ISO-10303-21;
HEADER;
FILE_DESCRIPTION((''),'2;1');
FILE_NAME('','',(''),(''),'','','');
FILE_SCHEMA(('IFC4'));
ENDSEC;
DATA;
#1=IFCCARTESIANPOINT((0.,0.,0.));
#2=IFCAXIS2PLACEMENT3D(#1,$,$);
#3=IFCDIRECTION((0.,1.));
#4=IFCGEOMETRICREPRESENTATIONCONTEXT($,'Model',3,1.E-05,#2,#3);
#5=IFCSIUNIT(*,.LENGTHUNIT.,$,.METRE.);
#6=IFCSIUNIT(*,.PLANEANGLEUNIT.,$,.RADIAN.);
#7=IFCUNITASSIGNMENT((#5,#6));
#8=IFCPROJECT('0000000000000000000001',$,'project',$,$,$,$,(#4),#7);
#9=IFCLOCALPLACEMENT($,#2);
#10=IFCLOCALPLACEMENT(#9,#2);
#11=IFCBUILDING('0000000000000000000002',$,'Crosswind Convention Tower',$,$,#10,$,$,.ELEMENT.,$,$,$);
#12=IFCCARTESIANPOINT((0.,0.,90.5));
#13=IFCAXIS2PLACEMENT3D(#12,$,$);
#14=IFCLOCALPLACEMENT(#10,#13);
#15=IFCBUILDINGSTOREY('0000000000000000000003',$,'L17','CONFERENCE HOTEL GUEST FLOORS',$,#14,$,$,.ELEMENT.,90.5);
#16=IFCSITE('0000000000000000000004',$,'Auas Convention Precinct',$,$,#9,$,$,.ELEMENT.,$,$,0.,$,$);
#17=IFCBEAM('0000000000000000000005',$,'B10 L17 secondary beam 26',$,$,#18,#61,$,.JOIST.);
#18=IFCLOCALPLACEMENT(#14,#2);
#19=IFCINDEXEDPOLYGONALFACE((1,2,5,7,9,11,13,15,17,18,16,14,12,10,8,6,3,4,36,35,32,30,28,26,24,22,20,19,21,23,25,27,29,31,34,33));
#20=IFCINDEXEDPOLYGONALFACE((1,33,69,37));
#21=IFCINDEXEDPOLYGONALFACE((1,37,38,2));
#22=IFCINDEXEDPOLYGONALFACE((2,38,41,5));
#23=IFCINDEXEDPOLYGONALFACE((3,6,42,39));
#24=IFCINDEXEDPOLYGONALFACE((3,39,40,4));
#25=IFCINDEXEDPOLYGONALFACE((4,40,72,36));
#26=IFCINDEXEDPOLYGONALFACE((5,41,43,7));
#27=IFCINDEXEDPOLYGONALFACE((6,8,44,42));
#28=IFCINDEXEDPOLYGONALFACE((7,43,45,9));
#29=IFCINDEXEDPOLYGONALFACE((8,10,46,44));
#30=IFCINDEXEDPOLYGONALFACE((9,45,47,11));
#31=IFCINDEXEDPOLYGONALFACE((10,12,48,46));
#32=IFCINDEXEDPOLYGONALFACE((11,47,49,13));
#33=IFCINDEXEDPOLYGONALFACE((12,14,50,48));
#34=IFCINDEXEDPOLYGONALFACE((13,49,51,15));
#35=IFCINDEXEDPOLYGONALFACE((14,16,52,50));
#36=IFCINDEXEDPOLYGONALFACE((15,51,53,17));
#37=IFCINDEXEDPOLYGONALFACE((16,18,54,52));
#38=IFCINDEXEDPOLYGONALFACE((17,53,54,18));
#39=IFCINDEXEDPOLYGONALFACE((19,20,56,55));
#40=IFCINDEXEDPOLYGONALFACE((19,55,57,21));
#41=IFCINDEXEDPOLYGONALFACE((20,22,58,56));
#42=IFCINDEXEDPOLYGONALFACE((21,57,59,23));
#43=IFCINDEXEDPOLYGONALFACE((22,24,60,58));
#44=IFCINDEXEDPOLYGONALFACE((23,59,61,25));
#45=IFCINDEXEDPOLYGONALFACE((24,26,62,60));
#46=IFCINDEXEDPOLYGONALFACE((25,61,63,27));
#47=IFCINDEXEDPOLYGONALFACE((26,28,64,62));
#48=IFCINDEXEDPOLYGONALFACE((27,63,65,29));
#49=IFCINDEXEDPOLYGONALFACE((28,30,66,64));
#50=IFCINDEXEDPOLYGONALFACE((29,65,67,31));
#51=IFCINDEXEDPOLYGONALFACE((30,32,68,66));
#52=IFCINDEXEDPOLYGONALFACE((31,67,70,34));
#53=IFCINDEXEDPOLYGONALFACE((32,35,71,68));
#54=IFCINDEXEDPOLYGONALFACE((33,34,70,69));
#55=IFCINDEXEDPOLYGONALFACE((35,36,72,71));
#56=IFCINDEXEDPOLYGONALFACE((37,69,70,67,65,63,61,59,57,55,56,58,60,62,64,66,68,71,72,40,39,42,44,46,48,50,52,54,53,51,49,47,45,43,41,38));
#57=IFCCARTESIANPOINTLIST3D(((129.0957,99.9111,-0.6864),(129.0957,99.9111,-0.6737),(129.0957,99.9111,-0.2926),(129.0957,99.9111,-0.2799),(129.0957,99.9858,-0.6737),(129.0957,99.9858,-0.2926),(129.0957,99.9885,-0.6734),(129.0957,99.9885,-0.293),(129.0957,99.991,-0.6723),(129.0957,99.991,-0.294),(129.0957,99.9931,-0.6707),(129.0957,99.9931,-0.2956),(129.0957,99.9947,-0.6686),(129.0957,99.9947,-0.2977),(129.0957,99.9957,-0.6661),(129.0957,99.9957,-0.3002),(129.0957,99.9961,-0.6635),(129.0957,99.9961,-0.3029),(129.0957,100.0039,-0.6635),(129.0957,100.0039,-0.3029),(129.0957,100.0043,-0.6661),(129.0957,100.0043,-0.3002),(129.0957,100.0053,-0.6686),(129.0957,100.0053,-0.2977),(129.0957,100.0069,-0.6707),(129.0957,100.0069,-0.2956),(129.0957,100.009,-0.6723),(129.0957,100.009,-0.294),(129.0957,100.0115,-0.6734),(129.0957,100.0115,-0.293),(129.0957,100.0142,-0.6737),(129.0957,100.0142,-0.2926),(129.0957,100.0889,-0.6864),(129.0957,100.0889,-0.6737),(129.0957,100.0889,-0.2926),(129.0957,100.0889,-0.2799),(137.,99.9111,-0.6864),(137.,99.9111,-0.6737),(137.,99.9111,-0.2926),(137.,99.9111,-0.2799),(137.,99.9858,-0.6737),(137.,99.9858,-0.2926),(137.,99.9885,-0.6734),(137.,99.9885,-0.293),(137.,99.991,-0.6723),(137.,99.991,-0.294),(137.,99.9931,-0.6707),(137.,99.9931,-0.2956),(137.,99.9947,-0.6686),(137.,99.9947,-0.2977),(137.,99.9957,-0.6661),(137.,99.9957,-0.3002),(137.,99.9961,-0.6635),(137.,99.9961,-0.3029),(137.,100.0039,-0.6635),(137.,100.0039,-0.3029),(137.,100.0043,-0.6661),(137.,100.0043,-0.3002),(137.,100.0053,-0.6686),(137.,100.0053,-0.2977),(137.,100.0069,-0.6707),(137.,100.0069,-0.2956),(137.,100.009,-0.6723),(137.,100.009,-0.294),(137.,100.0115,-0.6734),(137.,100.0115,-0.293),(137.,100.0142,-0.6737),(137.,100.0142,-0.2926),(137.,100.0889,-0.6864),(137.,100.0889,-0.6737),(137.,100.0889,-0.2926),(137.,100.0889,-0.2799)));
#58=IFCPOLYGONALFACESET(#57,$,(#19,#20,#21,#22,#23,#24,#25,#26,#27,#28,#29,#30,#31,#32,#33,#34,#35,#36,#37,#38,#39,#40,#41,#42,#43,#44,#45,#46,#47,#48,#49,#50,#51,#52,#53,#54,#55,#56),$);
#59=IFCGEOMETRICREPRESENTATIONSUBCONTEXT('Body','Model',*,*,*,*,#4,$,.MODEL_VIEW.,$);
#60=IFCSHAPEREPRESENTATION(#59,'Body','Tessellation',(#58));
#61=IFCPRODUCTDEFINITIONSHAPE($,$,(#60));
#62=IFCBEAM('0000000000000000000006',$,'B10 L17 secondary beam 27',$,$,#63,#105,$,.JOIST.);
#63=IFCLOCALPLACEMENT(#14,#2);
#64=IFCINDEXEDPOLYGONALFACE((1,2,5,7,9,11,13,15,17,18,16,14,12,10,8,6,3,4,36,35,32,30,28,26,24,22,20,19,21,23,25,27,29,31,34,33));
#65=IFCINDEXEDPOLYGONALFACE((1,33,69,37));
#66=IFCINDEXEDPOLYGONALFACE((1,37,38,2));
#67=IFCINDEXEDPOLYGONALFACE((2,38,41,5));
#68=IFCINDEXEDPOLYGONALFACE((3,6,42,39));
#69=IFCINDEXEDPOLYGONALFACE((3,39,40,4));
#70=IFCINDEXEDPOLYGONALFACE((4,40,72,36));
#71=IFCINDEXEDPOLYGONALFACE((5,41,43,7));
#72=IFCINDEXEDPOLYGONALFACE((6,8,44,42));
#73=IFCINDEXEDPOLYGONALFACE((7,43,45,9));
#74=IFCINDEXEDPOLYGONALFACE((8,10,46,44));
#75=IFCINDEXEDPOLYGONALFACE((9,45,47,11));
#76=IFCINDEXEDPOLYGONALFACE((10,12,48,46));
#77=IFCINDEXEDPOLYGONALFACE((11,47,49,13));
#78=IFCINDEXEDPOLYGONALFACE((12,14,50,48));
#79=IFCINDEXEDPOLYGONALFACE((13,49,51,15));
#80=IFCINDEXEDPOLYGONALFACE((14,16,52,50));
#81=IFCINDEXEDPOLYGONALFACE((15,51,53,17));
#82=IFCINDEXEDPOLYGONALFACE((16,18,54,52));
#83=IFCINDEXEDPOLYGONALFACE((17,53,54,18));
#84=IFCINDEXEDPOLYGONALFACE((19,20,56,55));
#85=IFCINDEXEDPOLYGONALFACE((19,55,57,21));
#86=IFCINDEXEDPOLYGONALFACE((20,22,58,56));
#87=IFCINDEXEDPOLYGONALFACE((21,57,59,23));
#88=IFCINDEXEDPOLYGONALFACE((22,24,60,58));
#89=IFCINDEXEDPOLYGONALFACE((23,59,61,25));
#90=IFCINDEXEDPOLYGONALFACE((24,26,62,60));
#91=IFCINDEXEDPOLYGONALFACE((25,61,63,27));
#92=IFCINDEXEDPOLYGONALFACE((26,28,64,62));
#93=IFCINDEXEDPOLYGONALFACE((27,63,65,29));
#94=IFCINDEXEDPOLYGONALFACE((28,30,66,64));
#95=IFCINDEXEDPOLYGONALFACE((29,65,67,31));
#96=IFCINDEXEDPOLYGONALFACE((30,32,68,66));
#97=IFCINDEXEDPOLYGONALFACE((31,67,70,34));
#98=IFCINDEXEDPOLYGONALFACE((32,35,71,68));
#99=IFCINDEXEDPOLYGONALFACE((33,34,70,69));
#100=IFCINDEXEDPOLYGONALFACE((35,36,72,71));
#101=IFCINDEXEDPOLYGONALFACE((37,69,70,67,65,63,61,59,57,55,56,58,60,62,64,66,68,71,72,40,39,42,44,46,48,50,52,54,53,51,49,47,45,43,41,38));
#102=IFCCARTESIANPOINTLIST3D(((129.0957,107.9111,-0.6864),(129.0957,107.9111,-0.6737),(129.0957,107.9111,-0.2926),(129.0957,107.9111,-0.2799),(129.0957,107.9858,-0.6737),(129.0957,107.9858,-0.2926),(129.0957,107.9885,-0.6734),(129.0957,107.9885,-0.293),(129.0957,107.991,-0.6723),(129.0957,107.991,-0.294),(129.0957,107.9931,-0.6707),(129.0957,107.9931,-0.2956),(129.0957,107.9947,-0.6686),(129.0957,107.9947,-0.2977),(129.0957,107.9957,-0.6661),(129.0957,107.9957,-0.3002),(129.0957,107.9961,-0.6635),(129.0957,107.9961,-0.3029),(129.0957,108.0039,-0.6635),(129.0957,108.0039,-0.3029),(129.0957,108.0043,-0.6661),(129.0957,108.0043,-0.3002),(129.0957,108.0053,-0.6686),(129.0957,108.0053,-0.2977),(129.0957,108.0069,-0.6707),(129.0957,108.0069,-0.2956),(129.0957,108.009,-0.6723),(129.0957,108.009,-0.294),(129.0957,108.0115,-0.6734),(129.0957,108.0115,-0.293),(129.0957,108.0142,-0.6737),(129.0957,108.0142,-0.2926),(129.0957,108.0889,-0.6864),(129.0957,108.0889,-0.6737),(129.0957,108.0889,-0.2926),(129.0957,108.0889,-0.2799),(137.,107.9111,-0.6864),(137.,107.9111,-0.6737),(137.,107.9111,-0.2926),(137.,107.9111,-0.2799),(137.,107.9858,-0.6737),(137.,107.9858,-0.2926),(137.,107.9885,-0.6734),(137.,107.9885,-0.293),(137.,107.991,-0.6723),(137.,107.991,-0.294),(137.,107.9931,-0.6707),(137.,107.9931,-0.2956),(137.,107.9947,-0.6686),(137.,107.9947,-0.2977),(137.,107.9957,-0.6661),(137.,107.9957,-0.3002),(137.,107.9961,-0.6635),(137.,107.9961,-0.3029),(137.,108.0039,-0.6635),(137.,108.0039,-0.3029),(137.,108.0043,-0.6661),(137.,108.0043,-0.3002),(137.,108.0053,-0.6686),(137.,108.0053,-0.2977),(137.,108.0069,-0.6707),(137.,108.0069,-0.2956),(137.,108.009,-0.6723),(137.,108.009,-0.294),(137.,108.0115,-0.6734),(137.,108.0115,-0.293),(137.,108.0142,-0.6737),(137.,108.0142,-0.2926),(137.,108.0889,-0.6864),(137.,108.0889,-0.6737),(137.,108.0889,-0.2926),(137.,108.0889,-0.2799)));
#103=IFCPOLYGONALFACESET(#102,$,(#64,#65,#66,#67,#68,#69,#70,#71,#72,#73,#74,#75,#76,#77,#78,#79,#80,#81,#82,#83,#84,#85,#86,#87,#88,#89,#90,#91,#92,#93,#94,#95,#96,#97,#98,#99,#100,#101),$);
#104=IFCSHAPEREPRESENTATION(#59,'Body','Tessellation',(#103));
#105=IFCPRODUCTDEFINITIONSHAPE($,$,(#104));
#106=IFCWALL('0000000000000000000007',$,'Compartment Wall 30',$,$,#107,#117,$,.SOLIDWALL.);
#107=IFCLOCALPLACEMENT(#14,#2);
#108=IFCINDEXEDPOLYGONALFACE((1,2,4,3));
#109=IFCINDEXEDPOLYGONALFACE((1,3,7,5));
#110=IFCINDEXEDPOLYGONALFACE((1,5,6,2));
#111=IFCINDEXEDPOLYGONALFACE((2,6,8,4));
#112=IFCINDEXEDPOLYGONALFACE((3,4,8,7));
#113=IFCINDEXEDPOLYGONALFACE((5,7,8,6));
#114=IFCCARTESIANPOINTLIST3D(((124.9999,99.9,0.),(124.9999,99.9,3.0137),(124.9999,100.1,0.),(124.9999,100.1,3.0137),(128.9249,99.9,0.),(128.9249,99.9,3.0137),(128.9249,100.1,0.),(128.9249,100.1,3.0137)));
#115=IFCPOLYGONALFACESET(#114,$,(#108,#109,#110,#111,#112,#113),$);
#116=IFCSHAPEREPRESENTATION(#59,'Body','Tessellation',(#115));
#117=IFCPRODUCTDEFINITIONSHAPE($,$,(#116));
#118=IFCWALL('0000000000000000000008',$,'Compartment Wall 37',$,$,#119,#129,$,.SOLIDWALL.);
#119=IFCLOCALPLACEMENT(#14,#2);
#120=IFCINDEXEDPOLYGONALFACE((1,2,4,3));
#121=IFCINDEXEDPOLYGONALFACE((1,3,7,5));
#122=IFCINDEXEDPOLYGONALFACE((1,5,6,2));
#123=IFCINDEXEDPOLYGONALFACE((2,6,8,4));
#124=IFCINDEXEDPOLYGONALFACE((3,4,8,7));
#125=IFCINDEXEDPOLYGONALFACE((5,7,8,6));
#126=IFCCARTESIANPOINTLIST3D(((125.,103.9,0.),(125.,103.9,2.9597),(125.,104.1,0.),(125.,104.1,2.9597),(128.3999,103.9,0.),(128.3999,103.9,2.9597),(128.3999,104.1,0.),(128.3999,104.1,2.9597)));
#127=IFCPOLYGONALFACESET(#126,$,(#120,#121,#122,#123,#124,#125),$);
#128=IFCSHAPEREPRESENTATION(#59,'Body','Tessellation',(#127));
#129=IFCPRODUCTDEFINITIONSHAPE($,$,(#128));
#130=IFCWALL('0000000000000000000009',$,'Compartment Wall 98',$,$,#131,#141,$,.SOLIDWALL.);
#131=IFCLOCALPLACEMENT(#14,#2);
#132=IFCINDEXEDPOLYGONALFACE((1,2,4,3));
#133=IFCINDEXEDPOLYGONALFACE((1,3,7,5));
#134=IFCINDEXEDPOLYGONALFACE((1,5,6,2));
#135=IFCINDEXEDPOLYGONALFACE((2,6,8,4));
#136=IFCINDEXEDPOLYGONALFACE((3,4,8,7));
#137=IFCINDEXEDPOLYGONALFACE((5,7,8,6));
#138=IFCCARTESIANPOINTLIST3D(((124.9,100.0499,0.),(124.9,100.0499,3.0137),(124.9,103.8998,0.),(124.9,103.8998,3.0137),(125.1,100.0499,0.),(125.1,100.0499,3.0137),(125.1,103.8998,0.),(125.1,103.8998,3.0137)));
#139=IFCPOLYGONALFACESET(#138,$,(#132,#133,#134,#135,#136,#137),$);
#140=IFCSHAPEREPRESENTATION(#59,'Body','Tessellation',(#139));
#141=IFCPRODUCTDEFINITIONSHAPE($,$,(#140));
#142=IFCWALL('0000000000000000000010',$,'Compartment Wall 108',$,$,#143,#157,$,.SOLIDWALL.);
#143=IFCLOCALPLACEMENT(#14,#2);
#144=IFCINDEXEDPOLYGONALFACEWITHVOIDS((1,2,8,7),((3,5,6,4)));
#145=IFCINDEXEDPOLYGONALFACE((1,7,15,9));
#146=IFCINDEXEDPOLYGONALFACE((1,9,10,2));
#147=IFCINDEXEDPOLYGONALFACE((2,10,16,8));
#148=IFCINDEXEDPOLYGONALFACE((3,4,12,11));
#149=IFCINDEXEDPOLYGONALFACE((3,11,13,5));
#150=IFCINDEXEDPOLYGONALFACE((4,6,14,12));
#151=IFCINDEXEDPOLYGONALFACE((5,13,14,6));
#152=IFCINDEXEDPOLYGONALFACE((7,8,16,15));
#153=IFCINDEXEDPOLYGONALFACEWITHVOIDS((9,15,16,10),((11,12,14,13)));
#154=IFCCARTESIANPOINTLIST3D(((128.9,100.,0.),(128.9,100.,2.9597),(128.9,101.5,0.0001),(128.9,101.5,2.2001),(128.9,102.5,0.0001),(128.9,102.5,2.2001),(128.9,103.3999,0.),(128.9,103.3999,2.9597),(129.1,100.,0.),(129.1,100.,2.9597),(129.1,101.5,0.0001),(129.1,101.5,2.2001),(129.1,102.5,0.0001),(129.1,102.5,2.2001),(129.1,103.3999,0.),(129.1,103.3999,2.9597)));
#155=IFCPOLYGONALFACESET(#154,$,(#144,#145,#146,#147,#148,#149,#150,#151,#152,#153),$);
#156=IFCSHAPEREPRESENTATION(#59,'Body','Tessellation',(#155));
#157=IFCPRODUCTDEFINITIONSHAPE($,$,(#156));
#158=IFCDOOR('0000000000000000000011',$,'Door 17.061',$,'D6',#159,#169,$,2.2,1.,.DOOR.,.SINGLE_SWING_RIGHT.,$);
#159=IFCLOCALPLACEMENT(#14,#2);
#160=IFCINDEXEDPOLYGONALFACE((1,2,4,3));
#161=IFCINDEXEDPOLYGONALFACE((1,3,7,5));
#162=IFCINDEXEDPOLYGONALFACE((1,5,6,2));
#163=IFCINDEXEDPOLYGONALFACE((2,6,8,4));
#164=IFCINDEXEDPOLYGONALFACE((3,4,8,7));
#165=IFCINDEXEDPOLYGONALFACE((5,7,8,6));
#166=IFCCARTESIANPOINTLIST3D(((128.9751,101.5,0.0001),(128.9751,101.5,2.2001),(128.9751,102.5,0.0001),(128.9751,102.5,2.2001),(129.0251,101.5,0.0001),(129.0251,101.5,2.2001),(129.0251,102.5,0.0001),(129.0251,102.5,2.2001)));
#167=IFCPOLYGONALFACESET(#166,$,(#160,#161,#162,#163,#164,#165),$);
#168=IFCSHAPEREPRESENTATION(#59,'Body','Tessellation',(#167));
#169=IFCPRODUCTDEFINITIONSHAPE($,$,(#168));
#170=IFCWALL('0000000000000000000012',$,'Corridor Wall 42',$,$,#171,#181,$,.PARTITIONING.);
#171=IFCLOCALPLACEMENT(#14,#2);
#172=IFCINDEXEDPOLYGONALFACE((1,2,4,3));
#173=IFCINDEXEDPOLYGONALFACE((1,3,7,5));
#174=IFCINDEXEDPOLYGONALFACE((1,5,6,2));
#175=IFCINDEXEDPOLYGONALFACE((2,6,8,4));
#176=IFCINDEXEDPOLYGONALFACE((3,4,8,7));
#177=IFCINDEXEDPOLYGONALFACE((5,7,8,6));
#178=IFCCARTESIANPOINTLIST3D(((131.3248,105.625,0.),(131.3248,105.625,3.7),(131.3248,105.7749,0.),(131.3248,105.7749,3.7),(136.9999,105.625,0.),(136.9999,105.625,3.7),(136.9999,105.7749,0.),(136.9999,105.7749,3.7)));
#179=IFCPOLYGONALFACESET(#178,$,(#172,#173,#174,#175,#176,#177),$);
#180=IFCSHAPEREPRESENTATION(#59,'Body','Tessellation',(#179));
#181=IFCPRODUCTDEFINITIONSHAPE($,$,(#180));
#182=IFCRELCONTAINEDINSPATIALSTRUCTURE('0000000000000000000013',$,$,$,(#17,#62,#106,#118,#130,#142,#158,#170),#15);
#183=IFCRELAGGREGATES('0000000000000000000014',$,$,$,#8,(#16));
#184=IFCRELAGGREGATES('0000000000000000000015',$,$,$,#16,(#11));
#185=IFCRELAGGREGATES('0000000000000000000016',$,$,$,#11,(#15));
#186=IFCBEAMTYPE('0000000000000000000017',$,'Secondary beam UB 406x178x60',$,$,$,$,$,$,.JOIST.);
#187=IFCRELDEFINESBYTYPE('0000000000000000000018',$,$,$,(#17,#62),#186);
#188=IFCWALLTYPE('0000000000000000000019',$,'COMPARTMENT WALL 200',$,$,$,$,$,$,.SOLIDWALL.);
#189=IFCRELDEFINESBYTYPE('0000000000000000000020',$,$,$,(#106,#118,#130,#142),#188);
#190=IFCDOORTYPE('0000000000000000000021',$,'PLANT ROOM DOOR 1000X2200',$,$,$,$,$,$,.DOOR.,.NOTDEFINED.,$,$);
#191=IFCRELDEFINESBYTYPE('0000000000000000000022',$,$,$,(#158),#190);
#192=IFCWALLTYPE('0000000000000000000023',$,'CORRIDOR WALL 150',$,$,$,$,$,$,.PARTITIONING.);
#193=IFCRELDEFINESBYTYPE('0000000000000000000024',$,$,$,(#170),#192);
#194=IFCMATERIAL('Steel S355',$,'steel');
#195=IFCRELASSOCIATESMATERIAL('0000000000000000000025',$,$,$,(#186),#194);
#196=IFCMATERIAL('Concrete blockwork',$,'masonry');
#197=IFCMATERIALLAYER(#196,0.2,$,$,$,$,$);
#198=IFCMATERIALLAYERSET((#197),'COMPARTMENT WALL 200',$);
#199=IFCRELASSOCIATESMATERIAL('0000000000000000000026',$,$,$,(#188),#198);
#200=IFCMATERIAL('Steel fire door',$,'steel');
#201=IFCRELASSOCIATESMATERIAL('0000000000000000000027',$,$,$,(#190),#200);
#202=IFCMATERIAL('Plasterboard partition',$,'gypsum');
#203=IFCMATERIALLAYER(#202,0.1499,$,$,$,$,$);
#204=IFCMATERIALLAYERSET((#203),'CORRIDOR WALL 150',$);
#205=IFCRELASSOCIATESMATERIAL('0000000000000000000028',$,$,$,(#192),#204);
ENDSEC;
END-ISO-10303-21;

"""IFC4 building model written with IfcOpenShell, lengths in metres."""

from ifc_helpers import new_model, si_unit, direction, frame, frame_2d, origin, origin_2d, place, context, subcontext, project, spatial, rectangle, i_section, extrude, material, layer, layer_set, material_profile, profile_set, type_object, element, fill, save


model = new_model("IFC4")

# Units and contexts
model_context = context("Model", 3, precision=1e-05, world=origin(), true_north=direction((0.0, 1.0)))
body_context = subcontext(model_context, "Body", "Model", "MODEL_VIEW")
ifc_project = project(units=[si_unit("LENGTHUNIT", "METRE"), si_unit("PLANEANGLEUNIT", "RADIAN")], contexts=[model_context])

# Site, building, storey
site_placement = place(None, origin())
site = spatial("IfcSite", under=ifc_project, at=site_placement, Name="Auas Convention Precinct", CompositionType="ELEMENT", RefElevation=0.0)
building_placement = place(site_placement, origin())
building = spatial("IfcBuilding", under=site, at=building_placement, Name="Crosswind Convention Tower", CompositionType="ELEMENT")
storey_placement = place(building_placement, frame((0.0, 0.0, 90.5)))
storey = spatial("IfcBuildingStorey", under=building, at=storey_placement, Name="L17", Description="CONFERENCE HOTEL GUEST FLOORS", CompositionType="ELEMENT", Elevation=90.5)

# Beams
ifc_material_1 = material(Name="Steel S355", Category="steel")
ifc_material_profile_1 = material_profile(ifc_material_1, i_section(OverallWidth=0.1777, OverallDepth=0.4065, WebThickness=0.0078, FlangeThickness=0.0127, FilletRadius=0.0103, at=origin_2d()), Name="UB 406x178x60")
ifc_profile_set_1 = profile_set([ifc_material_profile_1], Name="Steel S355")
beam_type_1 = type_object("IfcBeamType", Name="Secondary beam UB 406x178x60", PredefinedType="JOIST", material=ifc_profile_set_1)
for number, where, z_axis, x_axis, name in (
    (1, (129.0957, 100.0, -0.4832), (1.0, 0.0, 0.0), (0.0, 1.0, 0.0), "B10 L17 secondary beam 26"),
    (2, (129.0957, 108.0, -0.4832), (1.0, 0.0, 0.0), (0.0, 1.0, 0.0), "B10 L17 secondary beam 27"),
):
    element("IfcBeam", number, at=place(storey_placement, frame(where, z_axis=z_axis, x_axis=x_axis)), inside=storey, type_object=beam_type_1, Name=name, PredefinedType="JOIST", context=body_context, shape_type="SweptSolid", body=[
        extrude(i_section(OverallWidth=0.1777, OverallDepth=0.4065, WebThickness=0.0078, FlangeThickness=0.0127, FilletRadius=0.0103, at=origin_2d()), origin(), (0.0, 0.0, 1.0), 7.9043),
    ])

# Walls
ifc_material_2 = material(Name="Concrete blockwork", Category="masonry")
ifc_layer_1 = layer(ifc_material_2, 0.2)
ifc_layer_set_1 = layer_set([ifc_layer_1], Name="COMPARTMENT WALL 200")
wall_type_1 = type_object("IfcWallType", Name="COMPARTMENT WALL 200", PredefinedType="SOLIDWALL", material=ifc_layer_set_1)
wall_1_placement = place(storey_placement, frame((125.0, 100.0, 0.0), z_axis=(0.0, 0.0, 1.0), x_axis=(1.0, 0.0, 0.0)))
element("IfcWall", 3, at=wall_1_placement, inside=storey, type_object=wall_type_1, Name="Compartment Wall 30", PredefinedType="SOLIDWALL", context=body_context, shape_type="SweptSolid", body=[
    extrude(rectangle(XDim=3.925, YDim=0.2, at=frame_2d((1.9624, 0.0))), origin(), (0.0, 0.0, 1.0), 3.0137),
])
wall_2_placement = place(storey_placement, frame((125.0, 104.0, 0.0), z_axis=(0.0, 0.0, 1.0), x_axis=(1.0, 0.0, 0.0)))
element("IfcWall", 4, at=wall_2_placement, inside=storey, type_object=wall_type_1, Name="Compartment Wall 37", PredefinedType="SOLIDWALL", context=body_context, shape_type="SweptSolid", body=[
    extrude(rectangle(XDim=3.3999, YDim=0.2, at=frame_2d((1.7, 0.0))), origin(), (0.0, 0.0, 1.0), 2.9597),
])
wall_3_placement = place(storey_placement, frame((125.0, 100.05, 0.0), z_axis=(0.0, 0.0, 1.0), x_axis=(0.0, 1.0, 0.0)))
element("IfcWall", 5, at=wall_3_placement, inside=storey, type_object=wall_type_1, Name="Compartment Wall 98", PredefinedType="SOLIDWALL", context=body_context, shape_type="SweptSolid", body=[
    extrude(rectangle(XDim=3.8499, YDim=0.2, at=frame_2d((1.9248, 0.0))), origin(), (0.0, 0.0, 1.0), 3.0137),
])

# Wall, opening, door
wall_4_placement = place(storey_placement, frame((129.0, 100.0, 0.0), z_axis=(0.0, 0.0, 1.0), x_axis=(0.0, 1.0, 0.0)))
wall_4 = element("IfcWall", 6, at=wall_4_placement, inside=storey, type_object=wall_type_1, Name="Compartment Wall 108", PredefinedType="SOLIDWALL", context=body_context, shape_type="SweptSolid", body=[
    extrude(rectangle(XDim=3.3999, YDim=0.2, at=frame_2d((1.7, 0.0))), origin(), (0.0, 0.0, 1.0), 2.9597),
])
opening_1_placement = place(wall_4_placement, frame((1.5, 0.0, 0.0)))
opening_1 = element("IfcOpeningElement", 7, at=opening_1_placement, cuts=wall_4, PredefinedType="OPENING", context=body_context, shape_type="SweptSolid", body=[
    extrude(rectangle(XDim=1.0, YDim=2.2, at=frame_2d((0.5, 1.1001))), frame((0.0, 0.1099, 0.0), z_axis=(0.0, -1.0, 0.0), x_axis=(1.0, 0.0, 0.0)), (0.0, 0.0, 1.0), 0.22),
])
ifc_material_3 = material(Name="Steel fire door", Category="steel")
door_type_1 = type_object("IfcDoorType", Name="PLANT ROOM DOOR 1000X2200", OperationType="NOTDEFINED", PredefinedType="DOOR", material=ifc_material_3)
door_1_placement = place(opening_1_placement, origin())
door_1 = element("IfcDoor", 8, at=door_1_placement, inside=storey, type_object=door_type_1, Name="Door 17.061", ObjectType="D6", OperationType="SINGLE_SWING_RIGHT", OverallHeight=2.2, OverallWidth=1.0, PredefinedType="DOOR", context=body_context, shape_type="SweptSolid", body=[
    extrude(rectangle(XDim=1.0, YDim=2.2, at=frame_2d((0.5, 1.1001))), frame((0.0, 0.0249, 0.0), z_axis=(0.0, -1.0, 0.0), x_axis=(1.0, 0.0, 0.0)), (0.0, 0.0, 1.0), 0.05),
])
fill(opening_1, door_1)

# Wall
ifc_material_4 = material(Name="Plasterboard partition", Category="gypsum")
ifc_layer_2 = layer(ifc_material_4, 0.1499)
ifc_layer_set_2 = layer_set([ifc_layer_2], Name="CORRIDOR WALL 150")
wall_type_2 = type_object("IfcWallType", Name="CORRIDOR WALL 150", PredefinedType="PARTITIONING", material=ifc_layer_set_2)
wall_5_placement = place(storey_placement, frame((131.325, 105.7, 0.0), z_axis=(0.0, 0.0, 1.0), x_axis=(1.0, 0.0, 0.0)))
element("IfcWall", 9, at=wall_5_placement, inside=storey, type_object=wall_type_2, Name="Corridor Wall 42", PredefinedType="PARTITIONING", context=body_context, shape_type="SweptSolid", body=[
    extrude(rectangle(XDim=5.675, YDim=0.1499, at=frame_2d((2.8374, 0.0))), origin(), (0.0, 0.0, 1.0), 3.7),
])

save(model, "model.ifc")
